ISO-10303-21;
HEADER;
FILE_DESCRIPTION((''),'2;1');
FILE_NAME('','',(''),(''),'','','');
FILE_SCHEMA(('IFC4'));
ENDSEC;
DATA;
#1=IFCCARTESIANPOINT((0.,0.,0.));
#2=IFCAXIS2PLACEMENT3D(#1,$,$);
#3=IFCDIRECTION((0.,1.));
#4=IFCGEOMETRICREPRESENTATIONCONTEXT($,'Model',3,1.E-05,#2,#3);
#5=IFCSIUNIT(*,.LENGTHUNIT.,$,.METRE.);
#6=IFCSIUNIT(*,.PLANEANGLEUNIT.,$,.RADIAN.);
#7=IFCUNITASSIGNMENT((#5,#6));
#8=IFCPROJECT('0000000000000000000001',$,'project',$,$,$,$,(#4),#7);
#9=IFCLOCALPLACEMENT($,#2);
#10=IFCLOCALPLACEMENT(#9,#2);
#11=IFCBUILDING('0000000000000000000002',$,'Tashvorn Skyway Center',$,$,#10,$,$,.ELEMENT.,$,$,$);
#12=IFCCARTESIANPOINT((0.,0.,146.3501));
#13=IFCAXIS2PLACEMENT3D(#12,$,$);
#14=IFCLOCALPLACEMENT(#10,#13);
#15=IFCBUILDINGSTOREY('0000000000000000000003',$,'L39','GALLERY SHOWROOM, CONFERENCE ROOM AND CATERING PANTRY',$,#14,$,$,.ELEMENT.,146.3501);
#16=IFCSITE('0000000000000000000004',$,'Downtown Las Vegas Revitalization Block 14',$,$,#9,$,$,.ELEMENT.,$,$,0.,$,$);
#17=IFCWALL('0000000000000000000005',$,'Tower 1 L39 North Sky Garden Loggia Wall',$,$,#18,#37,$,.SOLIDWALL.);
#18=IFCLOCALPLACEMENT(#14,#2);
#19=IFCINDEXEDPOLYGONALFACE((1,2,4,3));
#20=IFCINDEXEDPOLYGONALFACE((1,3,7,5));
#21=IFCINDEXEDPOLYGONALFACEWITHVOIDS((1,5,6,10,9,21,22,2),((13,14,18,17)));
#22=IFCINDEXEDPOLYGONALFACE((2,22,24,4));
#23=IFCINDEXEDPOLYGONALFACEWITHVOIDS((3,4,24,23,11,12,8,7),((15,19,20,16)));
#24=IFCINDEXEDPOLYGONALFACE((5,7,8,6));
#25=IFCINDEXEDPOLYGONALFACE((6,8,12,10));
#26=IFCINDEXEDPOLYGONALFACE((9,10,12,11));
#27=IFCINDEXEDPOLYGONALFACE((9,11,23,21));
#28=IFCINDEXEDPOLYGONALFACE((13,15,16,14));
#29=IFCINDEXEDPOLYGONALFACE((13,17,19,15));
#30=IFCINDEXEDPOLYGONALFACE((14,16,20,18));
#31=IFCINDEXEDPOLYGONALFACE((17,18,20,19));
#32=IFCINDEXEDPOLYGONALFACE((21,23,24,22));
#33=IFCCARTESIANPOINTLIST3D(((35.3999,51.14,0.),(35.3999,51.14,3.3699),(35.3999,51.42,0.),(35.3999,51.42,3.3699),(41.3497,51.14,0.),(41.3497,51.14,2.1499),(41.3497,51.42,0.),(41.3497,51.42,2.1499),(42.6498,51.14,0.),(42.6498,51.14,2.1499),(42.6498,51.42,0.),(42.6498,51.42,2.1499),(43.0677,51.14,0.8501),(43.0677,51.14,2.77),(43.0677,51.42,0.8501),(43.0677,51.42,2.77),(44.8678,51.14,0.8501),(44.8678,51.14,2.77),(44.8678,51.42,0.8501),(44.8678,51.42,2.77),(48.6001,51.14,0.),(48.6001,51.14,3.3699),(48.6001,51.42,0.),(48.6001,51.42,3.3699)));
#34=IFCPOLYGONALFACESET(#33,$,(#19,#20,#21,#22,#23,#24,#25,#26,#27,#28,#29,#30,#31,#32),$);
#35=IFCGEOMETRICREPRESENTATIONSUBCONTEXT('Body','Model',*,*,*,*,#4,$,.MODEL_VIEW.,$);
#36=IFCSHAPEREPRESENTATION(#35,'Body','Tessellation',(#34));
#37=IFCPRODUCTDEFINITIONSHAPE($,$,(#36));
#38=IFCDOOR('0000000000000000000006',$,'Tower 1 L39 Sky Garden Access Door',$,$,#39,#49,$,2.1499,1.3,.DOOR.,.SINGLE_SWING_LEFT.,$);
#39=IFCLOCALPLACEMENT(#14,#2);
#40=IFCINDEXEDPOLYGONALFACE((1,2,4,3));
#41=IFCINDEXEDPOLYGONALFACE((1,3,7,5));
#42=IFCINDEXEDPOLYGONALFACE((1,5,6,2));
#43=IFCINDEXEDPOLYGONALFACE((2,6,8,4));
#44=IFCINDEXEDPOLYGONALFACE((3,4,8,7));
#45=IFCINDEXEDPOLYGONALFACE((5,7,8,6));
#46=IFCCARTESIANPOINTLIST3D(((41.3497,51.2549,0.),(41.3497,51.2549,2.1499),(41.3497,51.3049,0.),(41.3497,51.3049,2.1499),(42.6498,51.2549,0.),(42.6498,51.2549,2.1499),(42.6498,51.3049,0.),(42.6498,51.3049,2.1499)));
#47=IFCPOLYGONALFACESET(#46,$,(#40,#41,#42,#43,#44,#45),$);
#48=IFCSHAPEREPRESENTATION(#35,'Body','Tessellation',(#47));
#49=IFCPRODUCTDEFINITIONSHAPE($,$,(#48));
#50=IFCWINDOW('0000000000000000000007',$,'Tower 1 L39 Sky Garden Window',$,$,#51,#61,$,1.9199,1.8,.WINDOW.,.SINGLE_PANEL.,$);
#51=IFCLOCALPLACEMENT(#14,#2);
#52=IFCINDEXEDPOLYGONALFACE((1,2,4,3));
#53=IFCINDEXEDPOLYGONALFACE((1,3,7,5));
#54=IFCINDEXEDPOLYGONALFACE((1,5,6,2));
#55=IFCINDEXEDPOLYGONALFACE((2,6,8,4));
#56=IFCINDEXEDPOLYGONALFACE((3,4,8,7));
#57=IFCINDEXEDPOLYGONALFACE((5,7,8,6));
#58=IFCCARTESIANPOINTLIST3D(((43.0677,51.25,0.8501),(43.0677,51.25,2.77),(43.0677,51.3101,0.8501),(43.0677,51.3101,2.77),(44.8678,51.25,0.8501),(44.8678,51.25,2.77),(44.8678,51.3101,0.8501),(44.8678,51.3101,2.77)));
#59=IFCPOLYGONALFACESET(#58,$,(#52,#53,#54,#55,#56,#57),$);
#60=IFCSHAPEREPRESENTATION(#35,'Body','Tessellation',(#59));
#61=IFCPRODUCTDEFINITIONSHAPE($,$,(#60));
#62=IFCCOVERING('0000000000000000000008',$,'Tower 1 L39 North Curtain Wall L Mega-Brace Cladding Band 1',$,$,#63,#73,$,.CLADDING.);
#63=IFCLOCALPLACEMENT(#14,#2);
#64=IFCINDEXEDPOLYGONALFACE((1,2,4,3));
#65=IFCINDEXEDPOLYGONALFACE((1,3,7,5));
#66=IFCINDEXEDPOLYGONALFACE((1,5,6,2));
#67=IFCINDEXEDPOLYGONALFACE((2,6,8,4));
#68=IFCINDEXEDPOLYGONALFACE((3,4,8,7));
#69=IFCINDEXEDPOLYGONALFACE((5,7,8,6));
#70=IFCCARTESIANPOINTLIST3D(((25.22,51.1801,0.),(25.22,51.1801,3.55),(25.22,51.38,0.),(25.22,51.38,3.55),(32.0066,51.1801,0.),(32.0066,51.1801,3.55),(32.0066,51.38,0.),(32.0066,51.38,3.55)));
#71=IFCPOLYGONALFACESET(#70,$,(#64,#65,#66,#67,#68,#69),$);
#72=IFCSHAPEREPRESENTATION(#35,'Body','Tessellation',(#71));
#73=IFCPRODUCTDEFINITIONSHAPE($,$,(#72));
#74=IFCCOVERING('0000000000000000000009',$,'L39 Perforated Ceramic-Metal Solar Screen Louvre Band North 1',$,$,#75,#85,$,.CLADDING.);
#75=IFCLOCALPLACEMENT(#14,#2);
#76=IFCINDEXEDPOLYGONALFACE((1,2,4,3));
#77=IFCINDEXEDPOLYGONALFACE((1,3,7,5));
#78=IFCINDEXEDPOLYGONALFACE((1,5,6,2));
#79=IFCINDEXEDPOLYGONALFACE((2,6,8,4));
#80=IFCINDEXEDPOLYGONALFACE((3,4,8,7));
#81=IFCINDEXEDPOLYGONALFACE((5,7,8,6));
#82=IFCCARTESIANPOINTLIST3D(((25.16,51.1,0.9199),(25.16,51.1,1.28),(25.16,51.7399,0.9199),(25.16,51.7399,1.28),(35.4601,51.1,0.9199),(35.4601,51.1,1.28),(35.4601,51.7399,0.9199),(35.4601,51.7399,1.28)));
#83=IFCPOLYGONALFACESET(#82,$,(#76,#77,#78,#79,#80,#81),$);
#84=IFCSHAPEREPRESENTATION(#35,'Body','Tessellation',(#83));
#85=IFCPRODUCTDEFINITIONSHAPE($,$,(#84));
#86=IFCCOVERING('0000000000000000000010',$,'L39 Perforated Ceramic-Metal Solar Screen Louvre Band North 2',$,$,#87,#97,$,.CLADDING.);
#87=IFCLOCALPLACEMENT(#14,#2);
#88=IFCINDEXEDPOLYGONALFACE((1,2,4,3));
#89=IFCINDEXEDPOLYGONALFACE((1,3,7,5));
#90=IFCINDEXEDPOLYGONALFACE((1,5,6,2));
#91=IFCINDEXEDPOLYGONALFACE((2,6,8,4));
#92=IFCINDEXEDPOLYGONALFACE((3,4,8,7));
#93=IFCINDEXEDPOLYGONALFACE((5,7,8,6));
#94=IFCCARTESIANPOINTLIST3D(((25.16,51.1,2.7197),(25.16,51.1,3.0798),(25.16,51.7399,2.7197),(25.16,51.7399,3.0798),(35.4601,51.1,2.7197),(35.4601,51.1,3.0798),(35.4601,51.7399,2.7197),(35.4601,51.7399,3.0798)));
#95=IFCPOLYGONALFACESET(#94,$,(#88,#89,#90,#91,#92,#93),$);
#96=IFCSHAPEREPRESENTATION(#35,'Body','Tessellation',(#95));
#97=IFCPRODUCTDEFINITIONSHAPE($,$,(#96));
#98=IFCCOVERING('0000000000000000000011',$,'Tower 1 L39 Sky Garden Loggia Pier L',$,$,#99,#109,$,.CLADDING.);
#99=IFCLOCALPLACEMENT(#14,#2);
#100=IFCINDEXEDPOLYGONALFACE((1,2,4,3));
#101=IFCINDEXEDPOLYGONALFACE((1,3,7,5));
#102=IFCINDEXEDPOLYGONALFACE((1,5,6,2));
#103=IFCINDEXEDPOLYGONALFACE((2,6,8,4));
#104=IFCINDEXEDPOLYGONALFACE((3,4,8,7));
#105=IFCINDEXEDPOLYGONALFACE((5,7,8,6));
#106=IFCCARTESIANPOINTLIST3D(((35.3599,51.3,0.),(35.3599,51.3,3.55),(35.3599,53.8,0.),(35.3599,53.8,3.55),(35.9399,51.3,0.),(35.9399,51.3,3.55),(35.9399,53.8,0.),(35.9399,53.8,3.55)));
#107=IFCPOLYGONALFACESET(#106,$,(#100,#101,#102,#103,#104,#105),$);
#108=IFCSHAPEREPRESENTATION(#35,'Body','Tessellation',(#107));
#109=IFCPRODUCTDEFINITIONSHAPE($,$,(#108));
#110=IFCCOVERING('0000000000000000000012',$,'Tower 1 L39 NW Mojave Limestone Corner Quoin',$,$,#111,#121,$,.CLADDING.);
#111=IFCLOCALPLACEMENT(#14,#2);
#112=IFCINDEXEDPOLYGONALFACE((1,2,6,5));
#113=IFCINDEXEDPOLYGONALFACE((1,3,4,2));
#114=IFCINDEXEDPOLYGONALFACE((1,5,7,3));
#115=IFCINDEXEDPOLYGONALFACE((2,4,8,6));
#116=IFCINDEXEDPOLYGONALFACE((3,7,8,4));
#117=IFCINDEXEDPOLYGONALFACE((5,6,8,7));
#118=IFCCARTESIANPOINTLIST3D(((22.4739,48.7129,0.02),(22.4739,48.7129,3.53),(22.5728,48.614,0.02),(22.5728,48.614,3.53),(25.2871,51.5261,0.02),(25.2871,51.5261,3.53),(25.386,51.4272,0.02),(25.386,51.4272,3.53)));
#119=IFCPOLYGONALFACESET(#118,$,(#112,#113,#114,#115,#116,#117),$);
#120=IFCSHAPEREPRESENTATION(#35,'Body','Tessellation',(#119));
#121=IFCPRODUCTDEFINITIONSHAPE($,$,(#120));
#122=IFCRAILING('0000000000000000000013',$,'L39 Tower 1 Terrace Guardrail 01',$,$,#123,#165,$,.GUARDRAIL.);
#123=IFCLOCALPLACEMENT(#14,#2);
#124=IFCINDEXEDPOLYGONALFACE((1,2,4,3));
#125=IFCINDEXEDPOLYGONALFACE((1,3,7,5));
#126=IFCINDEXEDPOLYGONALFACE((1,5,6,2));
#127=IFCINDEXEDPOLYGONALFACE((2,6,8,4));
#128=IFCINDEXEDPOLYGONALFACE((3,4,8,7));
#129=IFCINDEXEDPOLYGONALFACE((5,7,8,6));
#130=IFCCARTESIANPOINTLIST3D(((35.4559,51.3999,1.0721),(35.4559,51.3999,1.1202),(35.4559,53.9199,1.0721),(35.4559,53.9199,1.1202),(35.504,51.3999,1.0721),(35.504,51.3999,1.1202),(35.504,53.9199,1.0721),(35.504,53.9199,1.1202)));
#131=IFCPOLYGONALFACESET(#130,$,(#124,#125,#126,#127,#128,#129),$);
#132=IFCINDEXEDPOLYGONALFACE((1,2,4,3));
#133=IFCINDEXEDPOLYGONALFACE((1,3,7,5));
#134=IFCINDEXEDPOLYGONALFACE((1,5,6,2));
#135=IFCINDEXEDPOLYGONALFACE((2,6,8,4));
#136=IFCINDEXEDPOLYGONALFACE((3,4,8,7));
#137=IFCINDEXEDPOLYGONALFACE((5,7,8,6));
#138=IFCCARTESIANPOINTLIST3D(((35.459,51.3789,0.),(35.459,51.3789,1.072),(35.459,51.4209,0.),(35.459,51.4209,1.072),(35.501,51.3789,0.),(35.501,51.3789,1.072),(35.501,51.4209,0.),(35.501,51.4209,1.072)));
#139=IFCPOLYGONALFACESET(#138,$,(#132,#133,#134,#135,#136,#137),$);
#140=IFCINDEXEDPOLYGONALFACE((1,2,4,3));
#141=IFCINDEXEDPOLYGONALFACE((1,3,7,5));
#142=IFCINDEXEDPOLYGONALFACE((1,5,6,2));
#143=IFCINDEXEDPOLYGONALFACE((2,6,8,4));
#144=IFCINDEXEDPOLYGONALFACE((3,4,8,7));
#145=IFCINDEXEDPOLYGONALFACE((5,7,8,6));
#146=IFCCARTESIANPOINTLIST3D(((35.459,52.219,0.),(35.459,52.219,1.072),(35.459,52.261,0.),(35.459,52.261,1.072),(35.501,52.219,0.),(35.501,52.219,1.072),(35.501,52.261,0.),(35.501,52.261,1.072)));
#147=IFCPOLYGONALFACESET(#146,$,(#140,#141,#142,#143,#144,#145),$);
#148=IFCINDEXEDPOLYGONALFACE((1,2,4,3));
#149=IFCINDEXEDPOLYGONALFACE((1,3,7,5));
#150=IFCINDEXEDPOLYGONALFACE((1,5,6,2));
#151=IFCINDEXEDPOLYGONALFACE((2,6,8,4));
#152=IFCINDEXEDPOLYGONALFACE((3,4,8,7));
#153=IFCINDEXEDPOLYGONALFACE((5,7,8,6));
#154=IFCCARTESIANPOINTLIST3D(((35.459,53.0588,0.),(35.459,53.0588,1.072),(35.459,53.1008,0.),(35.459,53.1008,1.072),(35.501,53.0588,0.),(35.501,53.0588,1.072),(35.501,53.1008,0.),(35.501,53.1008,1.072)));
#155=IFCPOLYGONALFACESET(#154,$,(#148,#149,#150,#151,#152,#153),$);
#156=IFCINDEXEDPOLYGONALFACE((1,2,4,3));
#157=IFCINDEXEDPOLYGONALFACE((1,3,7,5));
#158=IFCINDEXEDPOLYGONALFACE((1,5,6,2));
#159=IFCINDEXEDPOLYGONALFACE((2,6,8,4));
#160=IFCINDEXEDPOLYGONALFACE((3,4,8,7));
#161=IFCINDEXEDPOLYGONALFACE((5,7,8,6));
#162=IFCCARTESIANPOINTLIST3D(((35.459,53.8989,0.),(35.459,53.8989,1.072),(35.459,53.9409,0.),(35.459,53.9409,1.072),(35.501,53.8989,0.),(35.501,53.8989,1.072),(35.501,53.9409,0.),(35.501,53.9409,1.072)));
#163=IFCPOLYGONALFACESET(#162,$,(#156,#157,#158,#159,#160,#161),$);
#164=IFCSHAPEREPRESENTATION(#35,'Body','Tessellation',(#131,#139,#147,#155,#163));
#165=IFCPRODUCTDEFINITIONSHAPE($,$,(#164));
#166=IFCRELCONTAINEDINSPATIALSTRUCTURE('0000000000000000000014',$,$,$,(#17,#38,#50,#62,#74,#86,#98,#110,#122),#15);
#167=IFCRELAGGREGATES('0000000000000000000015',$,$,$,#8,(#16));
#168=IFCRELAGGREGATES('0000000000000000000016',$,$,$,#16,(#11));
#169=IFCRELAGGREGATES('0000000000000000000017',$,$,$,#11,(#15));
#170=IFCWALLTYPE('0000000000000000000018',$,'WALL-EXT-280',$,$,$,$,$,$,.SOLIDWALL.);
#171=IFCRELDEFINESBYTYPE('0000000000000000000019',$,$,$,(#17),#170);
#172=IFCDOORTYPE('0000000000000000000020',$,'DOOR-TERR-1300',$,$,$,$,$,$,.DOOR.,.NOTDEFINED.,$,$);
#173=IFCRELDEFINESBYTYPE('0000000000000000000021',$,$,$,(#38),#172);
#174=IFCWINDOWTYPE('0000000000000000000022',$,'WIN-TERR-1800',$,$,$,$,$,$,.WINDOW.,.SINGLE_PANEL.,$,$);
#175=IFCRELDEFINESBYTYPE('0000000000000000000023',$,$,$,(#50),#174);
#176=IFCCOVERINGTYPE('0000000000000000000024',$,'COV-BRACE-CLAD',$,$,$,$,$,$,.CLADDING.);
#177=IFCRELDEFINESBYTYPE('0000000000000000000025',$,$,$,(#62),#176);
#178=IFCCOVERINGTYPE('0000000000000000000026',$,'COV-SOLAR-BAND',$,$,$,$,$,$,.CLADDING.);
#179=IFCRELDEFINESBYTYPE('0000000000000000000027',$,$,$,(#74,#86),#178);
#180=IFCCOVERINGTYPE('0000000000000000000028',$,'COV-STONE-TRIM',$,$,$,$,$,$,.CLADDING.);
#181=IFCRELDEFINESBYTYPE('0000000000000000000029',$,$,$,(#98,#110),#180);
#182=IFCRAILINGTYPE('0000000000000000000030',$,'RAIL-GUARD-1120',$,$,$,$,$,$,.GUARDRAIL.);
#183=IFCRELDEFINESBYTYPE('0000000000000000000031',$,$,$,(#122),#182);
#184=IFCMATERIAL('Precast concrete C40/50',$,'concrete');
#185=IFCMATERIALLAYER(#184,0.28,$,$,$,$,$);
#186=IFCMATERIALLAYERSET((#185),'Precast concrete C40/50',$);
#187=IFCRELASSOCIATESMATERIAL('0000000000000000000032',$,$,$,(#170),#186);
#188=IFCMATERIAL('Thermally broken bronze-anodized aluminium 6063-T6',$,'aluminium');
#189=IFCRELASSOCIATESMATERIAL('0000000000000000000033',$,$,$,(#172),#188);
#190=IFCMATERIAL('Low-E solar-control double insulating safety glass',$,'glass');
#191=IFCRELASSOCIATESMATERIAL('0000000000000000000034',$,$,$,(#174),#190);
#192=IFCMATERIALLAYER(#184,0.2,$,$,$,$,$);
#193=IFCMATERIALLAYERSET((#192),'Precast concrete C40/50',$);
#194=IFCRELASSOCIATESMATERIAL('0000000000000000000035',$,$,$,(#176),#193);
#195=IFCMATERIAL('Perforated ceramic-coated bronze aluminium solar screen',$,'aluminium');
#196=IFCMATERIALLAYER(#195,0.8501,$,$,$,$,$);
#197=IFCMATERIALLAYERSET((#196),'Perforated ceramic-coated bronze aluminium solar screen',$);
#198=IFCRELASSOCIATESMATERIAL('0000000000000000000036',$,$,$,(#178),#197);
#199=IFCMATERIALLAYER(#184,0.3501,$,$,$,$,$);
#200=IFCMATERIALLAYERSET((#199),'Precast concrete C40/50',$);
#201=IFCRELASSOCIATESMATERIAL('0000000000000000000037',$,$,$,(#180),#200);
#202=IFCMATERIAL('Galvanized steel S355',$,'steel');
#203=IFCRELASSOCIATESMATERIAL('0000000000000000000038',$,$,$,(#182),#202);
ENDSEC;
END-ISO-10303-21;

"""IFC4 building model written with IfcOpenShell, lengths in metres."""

from ifc_helpers import new_model, si_unit, direction, frame, frame_2d, origin, origin_2d, place, context, subcontext, project, spatial, rectangle, extrude, material, layer, layer_set, type_object, element, fill, save


model = new_model("IFC4")

# Units and contexts
model_context = context("Model", 3, precision=1e-05, world=origin(), true_north=direction((0.0, 1.0)))
body_context = subcontext(model_context, "Body", "Model", "MODEL_VIEW")
ifc_project = project(units=[si_unit("LENGTHUNIT", "METRE"), si_unit("PLANEANGLEUNIT", "RADIAN")], contexts=[model_context])

# Site, building, storey
site_placement = place(None, origin())
site = spatial("IfcSite", under=ifc_project, at=site_placement, Name="Downtown Las Vegas Revitalization Block 14", CompositionType="ELEMENT", RefElevation=0.0)
building_placement = place(site_placement, origin())
building = spatial("IfcBuilding", under=site, at=building_placement, Name="Tashvorn Skyway Center", CompositionType="ELEMENT")
storey_placement = place(building_placement, frame((0.0, 0.0, 146.3501)))
storey = spatial("IfcBuildingStorey", under=building, at=storey_placement, Name="L39", Description="GALLERY SHOWROOM, CONFERENCE ROOM AND CATERING PANTRY", CompositionType="ELEMENT", Elevation=146.3501)

# Shared definitions
ifc_material_1 = material(Name="Thermally broken bronze-anodized aluminium 6063-T6", Category="aluminium")
ifc_material_2 = material(Name="Low-E solar-control double insulating safety glass", Category="glass")

# Wall, openings, door, window
ifc_material_3 = material(Name="Precast concrete C40/50", Category="concrete")
ifc_layer_1 = layer(ifc_material_3, 0.28)
ifc_layer_set_1 = layer_set([ifc_layer_1], Name="Precast concrete C40/50")
wall_type = type_object("IfcWallType", Name="WALL-EXT-280", PredefinedType="SOLIDWALL", material=ifc_layer_set_1)
wall_placement = place(storey_placement, frame((35.3999, 51.28, 0.0), z_axis=(0.0, 0.0, 1.0), x_axis=(1.0, 0.0, 0.0)))
wall = element("IfcWall", 1, at=wall_placement, inside=storey, type_object=wall_type, Name="Tower 1 L39 North Sky Garden Loggia Wall", PredefinedType="SOLIDWALL", context=body_context, shape_type="SweptSolid", body=[
    extrude(rectangle(XDim=13.2002, YDim=0.28, at=frame_2d((6.6001, 0.0))), origin(), (0.0, 0.0, 1.0), 3.3699),
])
opening_1_placement = place(wall_placement, frame((5.95, 0.0, 0.0)))
opening_1 = element("IfcOpeningElement", 2, at=opening_1_placement, cuts=wall, PredefinedType="OPENING", context=body_context, shape_type="SweptSolid", body=[
    extrude(rectangle(XDim=1.3, YDim=2.1499, at=frame_2d((0.6499, 1.075))), frame((0.0, 0.1499, 0.0), z_axis=(0.0, -1.0, 0.0), x_axis=(1.0, 0.0, 0.0)), (0.0, 0.0, 1.0), 0.3),
])
opening_2_placement = place(wall_placement, frame((7.668, 0.0, 0.8501)))
opening_2 = element("IfcOpeningElement", 3, at=opening_2_placement, cuts=wall, PredefinedType="OPENING", context=body_context, shape_type="SweptSolid", body=[
    extrude(rectangle(XDim=1.8, YDim=1.9199, at=frame_2d((0.8999, 0.96))), frame((0.0, 0.1499, 0.0), z_axis=(0.0, -1.0, 0.0), x_axis=(1.0, 0.0, 0.0)), (0.0, 0.0, 1.0), 0.3),
])
door_type = type_object("IfcDoorType", Name="DOOR-TERR-1300", OperationType="NOTDEFINED", PredefinedType="DOOR", material=ifc_material_1)
door_placement = place(opening_1_placement, origin())
door = element("IfcDoor", 4, at=door_placement, inside=storey, type_object=door_type, Name="Tower 1 L39 Sky Garden Access Door", OperationType="SINGLE_SWING_LEFT", OverallHeight=2.1499, OverallWidth=1.3, PredefinedType="DOOR", context=body_context, shape_type="SweptSolid", body=[
    extrude(rectangle(XDim=1.3, YDim=2.1499, at=frame_2d((0.6499, 1.075))), frame((0.0, 0.0249, 0.0), z_axis=(0.0, -1.0, 0.0), x_axis=(1.0, 0.0, 0.0)), (0.0, 0.0, 1.0), 0.05),
])
fill(opening_1, door)
window_type = type_object("IfcWindowType", Name="WIN-TERR-1800", PartitioningType="SINGLE_PANEL", PredefinedType="WINDOW", material=ifc_material_2)
window_placement = place(opening_2_placement, origin())
window = element("IfcWindow", 5, at=window_placement, inside=storey, type_object=window_type, Name="Tower 1 L39 Sky Garden Window", OverallHeight=1.9199, OverallWidth=1.8, PartitioningType="SINGLE_PANEL", PredefinedType="WINDOW", context=body_context, shape_type="SweptSolid", body=[
    extrude(rectangle(XDim=1.8, YDim=1.9199, at=frame_2d((0.8999, 0.96))), frame((0.0, 0.03, 0.0), z_axis=(0.0, -1.0, 0.0), x_axis=(1.0, 0.0, 0.0)), (0.0, 0.0, 1.0), 0.0601),
])
fill(opening_2, window)

# Coverings
ifc_layer_2 = layer(ifc_material_3, 0.2)
ifc_layer_set_2 = layer_set([ifc_layer_2], Name="Precast concrete C40/50")
covering_type_1 = type_object("IfcCoveringType", Name="COV-BRACE-CLAD", PredefinedType="CLADDING", material=ifc_layer_set_2)
covering_1_placement = place(storey_placement, frame((28.6133, 51.28, 0.0), z_axis=(0.0, 0.0, 1.0), x_axis=(1.0, 0.0, 0.0)))
element("IfcCovering", 6, at=covering_1_placement, inside=storey, type_object=covering_type_1, Name="Tower 1 L39 North Curtain Wall L Mega-Brace Cladding Band 1", PredefinedType="CLADDING", context=body_context, shape_type="SweptSolid", body=[
    extrude(rectangle(XDim=6.7866, YDim=0.2, at=origin_2d()), origin(), (0.0, 0.0, 1.0), 3.55),
])
ifc_material_4 = material(Name="Perforated ceramic-coated bronze aluminium solar screen", Category="aluminium")
ifc_layer_3 = layer(ifc_material_4, 0.8501)
ifc_layer_set_3 = layer_set([ifc_layer_3], Name="Perforated ceramic-coated bronze aluminium solar screen")
covering_type_2 = type_object("IfcCoveringType", Name="COV-SOLAR-BAND", PredefinedType="CLADDING", material=ifc_layer_set_3)
for number, where, z_axis, x_axis, name in (
    (7, (30.3101, 51.4199, 0.9199), (0.0, 0.0, 1.0), (1.0, 0.0, 0.0), "L39 Perforated Ceramic-Metal Solar Screen Louvre Band North 1"),
    (8, (30.3101, 51.4199, 2.7197), (0.0, 0.0, 1.0), (1.0, 0.0, 0.0), "L39 Perforated Ceramic-Metal Solar Screen Louvre Band North 2"),
):
    element("IfcCovering", number, at=place(storey_placement, frame(where, z_axis=z_axis, x_axis=x_axis)), inside=storey, type_object=covering_type_2, Name=name, PredefinedType="CLADDING", context=body_context, shape_type="SweptSolid", body=[
        extrude(rectangle(XDim=10.3, YDim=0.6399, at=origin_2d()), origin(), (0.0, 0.0, 1.0), 0.3601),
    ])
ifc_layer_4 = layer(ifc_material_3, 0.3501)
ifc_layer_set_4 = layer_set([ifc_layer_4], Name="Precast concrete C40/50")
covering_type_3 = type_object("IfcCoveringType", Name="COV-STONE-TRIM", PredefinedType="CLADDING", material=ifc_layer_set_4)
covering_2_placement = place(storey_placement, frame((35.6499, 52.55, 0.0), z_axis=(0.0, 0.0, 1.0), x_axis=(1.0, 0.0, 0.0)))
element("IfcCovering", 9, at=covering_2_placement, inside=storey, type_object=covering_type_3, Name="Tower 1 L39 Sky Garden Loggia Pier L", PredefinedType="CLADDING", context=body_context, shape_type="SweptSolid", body=[
    extrude(rectangle(XDim=0.5801, YDim=2.5, at=origin_2d()), origin(), (0.0, 0.0, 1.0), 3.55),
])
covering_3_placement = place(storey_placement, frame((23.9299, 50.0701, 0.02), z_axis=(0.0, 0.0, 1.0), x_axis=(-0.707107, -0.707107, 0.0)))
element("IfcCovering", 10, at=covering_3_placement, inside=storey, type_object=covering_type_3, Name="Tower 1 L39 NW Mojave Limestone Corner Quoin", PredefinedType="CLADDING", context=body_context, shape_type="SweptSolid", body=[
    extrude(rectangle(XDim=3.9785, YDim=0.1399, at=origin_2d()), origin(), (0.0, 0.0, 1.0), 3.51),
])

# Railing
ifc_material_5 = material(Name="Galvanized steel S355", Category="steel")
railing_type = type_object("IfcRailingType", Name="RAIL-GUARD-1120", PredefinedType="GUARDRAIL", material=ifc_material_5)
railing_1_placement = place(storey_placement, frame((35.48, 51.3999, 0.0)))
element("IfcRailing", 11, at=railing_1_placement, inside=storey, type_object=railing_type, Name="L39 Tower 1 Terrace Guardrail 01", PredefinedType="GUARDRAIL", context=body_context, shape_type="SweptSolid", body=[
    extrude(rectangle(XDim=0.0481, YDim=0.0481, at=origin_2d()), frame((0.0, 0.0, 1.0962), z_axis=(0.0, 1.0, 0.0), x_axis=(-1.0, 0.0, 0.0)), (0.0, 0.0, 1.0), 2.52),
    extrude(rectangle(XDim=0.042, YDim=0.042, at=origin_2d()), origin(), (0.0, 0.0, 1.0), 1.072),
    extrude(rectangle(XDim=0.042, YDim=0.042, at=origin_2d()), frame((0.0, 0.8401, 0.0)), (0.0, 0.0, 1.0), 1.072),
    extrude(rectangle(XDim=0.042, YDim=0.042, at=origin_2d()), frame((0.0, 1.6799, 0.0)), (0.0, 0.0, 1.0), 1.072),
    extrude(rectangle(XDim=0.042, YDim=0.042, at=origin_2d()), frame((0.0, 2.52, 0.0)), (0.0, 0.0, 1.0), 1.072),
])

save(model, "model.ifc")
